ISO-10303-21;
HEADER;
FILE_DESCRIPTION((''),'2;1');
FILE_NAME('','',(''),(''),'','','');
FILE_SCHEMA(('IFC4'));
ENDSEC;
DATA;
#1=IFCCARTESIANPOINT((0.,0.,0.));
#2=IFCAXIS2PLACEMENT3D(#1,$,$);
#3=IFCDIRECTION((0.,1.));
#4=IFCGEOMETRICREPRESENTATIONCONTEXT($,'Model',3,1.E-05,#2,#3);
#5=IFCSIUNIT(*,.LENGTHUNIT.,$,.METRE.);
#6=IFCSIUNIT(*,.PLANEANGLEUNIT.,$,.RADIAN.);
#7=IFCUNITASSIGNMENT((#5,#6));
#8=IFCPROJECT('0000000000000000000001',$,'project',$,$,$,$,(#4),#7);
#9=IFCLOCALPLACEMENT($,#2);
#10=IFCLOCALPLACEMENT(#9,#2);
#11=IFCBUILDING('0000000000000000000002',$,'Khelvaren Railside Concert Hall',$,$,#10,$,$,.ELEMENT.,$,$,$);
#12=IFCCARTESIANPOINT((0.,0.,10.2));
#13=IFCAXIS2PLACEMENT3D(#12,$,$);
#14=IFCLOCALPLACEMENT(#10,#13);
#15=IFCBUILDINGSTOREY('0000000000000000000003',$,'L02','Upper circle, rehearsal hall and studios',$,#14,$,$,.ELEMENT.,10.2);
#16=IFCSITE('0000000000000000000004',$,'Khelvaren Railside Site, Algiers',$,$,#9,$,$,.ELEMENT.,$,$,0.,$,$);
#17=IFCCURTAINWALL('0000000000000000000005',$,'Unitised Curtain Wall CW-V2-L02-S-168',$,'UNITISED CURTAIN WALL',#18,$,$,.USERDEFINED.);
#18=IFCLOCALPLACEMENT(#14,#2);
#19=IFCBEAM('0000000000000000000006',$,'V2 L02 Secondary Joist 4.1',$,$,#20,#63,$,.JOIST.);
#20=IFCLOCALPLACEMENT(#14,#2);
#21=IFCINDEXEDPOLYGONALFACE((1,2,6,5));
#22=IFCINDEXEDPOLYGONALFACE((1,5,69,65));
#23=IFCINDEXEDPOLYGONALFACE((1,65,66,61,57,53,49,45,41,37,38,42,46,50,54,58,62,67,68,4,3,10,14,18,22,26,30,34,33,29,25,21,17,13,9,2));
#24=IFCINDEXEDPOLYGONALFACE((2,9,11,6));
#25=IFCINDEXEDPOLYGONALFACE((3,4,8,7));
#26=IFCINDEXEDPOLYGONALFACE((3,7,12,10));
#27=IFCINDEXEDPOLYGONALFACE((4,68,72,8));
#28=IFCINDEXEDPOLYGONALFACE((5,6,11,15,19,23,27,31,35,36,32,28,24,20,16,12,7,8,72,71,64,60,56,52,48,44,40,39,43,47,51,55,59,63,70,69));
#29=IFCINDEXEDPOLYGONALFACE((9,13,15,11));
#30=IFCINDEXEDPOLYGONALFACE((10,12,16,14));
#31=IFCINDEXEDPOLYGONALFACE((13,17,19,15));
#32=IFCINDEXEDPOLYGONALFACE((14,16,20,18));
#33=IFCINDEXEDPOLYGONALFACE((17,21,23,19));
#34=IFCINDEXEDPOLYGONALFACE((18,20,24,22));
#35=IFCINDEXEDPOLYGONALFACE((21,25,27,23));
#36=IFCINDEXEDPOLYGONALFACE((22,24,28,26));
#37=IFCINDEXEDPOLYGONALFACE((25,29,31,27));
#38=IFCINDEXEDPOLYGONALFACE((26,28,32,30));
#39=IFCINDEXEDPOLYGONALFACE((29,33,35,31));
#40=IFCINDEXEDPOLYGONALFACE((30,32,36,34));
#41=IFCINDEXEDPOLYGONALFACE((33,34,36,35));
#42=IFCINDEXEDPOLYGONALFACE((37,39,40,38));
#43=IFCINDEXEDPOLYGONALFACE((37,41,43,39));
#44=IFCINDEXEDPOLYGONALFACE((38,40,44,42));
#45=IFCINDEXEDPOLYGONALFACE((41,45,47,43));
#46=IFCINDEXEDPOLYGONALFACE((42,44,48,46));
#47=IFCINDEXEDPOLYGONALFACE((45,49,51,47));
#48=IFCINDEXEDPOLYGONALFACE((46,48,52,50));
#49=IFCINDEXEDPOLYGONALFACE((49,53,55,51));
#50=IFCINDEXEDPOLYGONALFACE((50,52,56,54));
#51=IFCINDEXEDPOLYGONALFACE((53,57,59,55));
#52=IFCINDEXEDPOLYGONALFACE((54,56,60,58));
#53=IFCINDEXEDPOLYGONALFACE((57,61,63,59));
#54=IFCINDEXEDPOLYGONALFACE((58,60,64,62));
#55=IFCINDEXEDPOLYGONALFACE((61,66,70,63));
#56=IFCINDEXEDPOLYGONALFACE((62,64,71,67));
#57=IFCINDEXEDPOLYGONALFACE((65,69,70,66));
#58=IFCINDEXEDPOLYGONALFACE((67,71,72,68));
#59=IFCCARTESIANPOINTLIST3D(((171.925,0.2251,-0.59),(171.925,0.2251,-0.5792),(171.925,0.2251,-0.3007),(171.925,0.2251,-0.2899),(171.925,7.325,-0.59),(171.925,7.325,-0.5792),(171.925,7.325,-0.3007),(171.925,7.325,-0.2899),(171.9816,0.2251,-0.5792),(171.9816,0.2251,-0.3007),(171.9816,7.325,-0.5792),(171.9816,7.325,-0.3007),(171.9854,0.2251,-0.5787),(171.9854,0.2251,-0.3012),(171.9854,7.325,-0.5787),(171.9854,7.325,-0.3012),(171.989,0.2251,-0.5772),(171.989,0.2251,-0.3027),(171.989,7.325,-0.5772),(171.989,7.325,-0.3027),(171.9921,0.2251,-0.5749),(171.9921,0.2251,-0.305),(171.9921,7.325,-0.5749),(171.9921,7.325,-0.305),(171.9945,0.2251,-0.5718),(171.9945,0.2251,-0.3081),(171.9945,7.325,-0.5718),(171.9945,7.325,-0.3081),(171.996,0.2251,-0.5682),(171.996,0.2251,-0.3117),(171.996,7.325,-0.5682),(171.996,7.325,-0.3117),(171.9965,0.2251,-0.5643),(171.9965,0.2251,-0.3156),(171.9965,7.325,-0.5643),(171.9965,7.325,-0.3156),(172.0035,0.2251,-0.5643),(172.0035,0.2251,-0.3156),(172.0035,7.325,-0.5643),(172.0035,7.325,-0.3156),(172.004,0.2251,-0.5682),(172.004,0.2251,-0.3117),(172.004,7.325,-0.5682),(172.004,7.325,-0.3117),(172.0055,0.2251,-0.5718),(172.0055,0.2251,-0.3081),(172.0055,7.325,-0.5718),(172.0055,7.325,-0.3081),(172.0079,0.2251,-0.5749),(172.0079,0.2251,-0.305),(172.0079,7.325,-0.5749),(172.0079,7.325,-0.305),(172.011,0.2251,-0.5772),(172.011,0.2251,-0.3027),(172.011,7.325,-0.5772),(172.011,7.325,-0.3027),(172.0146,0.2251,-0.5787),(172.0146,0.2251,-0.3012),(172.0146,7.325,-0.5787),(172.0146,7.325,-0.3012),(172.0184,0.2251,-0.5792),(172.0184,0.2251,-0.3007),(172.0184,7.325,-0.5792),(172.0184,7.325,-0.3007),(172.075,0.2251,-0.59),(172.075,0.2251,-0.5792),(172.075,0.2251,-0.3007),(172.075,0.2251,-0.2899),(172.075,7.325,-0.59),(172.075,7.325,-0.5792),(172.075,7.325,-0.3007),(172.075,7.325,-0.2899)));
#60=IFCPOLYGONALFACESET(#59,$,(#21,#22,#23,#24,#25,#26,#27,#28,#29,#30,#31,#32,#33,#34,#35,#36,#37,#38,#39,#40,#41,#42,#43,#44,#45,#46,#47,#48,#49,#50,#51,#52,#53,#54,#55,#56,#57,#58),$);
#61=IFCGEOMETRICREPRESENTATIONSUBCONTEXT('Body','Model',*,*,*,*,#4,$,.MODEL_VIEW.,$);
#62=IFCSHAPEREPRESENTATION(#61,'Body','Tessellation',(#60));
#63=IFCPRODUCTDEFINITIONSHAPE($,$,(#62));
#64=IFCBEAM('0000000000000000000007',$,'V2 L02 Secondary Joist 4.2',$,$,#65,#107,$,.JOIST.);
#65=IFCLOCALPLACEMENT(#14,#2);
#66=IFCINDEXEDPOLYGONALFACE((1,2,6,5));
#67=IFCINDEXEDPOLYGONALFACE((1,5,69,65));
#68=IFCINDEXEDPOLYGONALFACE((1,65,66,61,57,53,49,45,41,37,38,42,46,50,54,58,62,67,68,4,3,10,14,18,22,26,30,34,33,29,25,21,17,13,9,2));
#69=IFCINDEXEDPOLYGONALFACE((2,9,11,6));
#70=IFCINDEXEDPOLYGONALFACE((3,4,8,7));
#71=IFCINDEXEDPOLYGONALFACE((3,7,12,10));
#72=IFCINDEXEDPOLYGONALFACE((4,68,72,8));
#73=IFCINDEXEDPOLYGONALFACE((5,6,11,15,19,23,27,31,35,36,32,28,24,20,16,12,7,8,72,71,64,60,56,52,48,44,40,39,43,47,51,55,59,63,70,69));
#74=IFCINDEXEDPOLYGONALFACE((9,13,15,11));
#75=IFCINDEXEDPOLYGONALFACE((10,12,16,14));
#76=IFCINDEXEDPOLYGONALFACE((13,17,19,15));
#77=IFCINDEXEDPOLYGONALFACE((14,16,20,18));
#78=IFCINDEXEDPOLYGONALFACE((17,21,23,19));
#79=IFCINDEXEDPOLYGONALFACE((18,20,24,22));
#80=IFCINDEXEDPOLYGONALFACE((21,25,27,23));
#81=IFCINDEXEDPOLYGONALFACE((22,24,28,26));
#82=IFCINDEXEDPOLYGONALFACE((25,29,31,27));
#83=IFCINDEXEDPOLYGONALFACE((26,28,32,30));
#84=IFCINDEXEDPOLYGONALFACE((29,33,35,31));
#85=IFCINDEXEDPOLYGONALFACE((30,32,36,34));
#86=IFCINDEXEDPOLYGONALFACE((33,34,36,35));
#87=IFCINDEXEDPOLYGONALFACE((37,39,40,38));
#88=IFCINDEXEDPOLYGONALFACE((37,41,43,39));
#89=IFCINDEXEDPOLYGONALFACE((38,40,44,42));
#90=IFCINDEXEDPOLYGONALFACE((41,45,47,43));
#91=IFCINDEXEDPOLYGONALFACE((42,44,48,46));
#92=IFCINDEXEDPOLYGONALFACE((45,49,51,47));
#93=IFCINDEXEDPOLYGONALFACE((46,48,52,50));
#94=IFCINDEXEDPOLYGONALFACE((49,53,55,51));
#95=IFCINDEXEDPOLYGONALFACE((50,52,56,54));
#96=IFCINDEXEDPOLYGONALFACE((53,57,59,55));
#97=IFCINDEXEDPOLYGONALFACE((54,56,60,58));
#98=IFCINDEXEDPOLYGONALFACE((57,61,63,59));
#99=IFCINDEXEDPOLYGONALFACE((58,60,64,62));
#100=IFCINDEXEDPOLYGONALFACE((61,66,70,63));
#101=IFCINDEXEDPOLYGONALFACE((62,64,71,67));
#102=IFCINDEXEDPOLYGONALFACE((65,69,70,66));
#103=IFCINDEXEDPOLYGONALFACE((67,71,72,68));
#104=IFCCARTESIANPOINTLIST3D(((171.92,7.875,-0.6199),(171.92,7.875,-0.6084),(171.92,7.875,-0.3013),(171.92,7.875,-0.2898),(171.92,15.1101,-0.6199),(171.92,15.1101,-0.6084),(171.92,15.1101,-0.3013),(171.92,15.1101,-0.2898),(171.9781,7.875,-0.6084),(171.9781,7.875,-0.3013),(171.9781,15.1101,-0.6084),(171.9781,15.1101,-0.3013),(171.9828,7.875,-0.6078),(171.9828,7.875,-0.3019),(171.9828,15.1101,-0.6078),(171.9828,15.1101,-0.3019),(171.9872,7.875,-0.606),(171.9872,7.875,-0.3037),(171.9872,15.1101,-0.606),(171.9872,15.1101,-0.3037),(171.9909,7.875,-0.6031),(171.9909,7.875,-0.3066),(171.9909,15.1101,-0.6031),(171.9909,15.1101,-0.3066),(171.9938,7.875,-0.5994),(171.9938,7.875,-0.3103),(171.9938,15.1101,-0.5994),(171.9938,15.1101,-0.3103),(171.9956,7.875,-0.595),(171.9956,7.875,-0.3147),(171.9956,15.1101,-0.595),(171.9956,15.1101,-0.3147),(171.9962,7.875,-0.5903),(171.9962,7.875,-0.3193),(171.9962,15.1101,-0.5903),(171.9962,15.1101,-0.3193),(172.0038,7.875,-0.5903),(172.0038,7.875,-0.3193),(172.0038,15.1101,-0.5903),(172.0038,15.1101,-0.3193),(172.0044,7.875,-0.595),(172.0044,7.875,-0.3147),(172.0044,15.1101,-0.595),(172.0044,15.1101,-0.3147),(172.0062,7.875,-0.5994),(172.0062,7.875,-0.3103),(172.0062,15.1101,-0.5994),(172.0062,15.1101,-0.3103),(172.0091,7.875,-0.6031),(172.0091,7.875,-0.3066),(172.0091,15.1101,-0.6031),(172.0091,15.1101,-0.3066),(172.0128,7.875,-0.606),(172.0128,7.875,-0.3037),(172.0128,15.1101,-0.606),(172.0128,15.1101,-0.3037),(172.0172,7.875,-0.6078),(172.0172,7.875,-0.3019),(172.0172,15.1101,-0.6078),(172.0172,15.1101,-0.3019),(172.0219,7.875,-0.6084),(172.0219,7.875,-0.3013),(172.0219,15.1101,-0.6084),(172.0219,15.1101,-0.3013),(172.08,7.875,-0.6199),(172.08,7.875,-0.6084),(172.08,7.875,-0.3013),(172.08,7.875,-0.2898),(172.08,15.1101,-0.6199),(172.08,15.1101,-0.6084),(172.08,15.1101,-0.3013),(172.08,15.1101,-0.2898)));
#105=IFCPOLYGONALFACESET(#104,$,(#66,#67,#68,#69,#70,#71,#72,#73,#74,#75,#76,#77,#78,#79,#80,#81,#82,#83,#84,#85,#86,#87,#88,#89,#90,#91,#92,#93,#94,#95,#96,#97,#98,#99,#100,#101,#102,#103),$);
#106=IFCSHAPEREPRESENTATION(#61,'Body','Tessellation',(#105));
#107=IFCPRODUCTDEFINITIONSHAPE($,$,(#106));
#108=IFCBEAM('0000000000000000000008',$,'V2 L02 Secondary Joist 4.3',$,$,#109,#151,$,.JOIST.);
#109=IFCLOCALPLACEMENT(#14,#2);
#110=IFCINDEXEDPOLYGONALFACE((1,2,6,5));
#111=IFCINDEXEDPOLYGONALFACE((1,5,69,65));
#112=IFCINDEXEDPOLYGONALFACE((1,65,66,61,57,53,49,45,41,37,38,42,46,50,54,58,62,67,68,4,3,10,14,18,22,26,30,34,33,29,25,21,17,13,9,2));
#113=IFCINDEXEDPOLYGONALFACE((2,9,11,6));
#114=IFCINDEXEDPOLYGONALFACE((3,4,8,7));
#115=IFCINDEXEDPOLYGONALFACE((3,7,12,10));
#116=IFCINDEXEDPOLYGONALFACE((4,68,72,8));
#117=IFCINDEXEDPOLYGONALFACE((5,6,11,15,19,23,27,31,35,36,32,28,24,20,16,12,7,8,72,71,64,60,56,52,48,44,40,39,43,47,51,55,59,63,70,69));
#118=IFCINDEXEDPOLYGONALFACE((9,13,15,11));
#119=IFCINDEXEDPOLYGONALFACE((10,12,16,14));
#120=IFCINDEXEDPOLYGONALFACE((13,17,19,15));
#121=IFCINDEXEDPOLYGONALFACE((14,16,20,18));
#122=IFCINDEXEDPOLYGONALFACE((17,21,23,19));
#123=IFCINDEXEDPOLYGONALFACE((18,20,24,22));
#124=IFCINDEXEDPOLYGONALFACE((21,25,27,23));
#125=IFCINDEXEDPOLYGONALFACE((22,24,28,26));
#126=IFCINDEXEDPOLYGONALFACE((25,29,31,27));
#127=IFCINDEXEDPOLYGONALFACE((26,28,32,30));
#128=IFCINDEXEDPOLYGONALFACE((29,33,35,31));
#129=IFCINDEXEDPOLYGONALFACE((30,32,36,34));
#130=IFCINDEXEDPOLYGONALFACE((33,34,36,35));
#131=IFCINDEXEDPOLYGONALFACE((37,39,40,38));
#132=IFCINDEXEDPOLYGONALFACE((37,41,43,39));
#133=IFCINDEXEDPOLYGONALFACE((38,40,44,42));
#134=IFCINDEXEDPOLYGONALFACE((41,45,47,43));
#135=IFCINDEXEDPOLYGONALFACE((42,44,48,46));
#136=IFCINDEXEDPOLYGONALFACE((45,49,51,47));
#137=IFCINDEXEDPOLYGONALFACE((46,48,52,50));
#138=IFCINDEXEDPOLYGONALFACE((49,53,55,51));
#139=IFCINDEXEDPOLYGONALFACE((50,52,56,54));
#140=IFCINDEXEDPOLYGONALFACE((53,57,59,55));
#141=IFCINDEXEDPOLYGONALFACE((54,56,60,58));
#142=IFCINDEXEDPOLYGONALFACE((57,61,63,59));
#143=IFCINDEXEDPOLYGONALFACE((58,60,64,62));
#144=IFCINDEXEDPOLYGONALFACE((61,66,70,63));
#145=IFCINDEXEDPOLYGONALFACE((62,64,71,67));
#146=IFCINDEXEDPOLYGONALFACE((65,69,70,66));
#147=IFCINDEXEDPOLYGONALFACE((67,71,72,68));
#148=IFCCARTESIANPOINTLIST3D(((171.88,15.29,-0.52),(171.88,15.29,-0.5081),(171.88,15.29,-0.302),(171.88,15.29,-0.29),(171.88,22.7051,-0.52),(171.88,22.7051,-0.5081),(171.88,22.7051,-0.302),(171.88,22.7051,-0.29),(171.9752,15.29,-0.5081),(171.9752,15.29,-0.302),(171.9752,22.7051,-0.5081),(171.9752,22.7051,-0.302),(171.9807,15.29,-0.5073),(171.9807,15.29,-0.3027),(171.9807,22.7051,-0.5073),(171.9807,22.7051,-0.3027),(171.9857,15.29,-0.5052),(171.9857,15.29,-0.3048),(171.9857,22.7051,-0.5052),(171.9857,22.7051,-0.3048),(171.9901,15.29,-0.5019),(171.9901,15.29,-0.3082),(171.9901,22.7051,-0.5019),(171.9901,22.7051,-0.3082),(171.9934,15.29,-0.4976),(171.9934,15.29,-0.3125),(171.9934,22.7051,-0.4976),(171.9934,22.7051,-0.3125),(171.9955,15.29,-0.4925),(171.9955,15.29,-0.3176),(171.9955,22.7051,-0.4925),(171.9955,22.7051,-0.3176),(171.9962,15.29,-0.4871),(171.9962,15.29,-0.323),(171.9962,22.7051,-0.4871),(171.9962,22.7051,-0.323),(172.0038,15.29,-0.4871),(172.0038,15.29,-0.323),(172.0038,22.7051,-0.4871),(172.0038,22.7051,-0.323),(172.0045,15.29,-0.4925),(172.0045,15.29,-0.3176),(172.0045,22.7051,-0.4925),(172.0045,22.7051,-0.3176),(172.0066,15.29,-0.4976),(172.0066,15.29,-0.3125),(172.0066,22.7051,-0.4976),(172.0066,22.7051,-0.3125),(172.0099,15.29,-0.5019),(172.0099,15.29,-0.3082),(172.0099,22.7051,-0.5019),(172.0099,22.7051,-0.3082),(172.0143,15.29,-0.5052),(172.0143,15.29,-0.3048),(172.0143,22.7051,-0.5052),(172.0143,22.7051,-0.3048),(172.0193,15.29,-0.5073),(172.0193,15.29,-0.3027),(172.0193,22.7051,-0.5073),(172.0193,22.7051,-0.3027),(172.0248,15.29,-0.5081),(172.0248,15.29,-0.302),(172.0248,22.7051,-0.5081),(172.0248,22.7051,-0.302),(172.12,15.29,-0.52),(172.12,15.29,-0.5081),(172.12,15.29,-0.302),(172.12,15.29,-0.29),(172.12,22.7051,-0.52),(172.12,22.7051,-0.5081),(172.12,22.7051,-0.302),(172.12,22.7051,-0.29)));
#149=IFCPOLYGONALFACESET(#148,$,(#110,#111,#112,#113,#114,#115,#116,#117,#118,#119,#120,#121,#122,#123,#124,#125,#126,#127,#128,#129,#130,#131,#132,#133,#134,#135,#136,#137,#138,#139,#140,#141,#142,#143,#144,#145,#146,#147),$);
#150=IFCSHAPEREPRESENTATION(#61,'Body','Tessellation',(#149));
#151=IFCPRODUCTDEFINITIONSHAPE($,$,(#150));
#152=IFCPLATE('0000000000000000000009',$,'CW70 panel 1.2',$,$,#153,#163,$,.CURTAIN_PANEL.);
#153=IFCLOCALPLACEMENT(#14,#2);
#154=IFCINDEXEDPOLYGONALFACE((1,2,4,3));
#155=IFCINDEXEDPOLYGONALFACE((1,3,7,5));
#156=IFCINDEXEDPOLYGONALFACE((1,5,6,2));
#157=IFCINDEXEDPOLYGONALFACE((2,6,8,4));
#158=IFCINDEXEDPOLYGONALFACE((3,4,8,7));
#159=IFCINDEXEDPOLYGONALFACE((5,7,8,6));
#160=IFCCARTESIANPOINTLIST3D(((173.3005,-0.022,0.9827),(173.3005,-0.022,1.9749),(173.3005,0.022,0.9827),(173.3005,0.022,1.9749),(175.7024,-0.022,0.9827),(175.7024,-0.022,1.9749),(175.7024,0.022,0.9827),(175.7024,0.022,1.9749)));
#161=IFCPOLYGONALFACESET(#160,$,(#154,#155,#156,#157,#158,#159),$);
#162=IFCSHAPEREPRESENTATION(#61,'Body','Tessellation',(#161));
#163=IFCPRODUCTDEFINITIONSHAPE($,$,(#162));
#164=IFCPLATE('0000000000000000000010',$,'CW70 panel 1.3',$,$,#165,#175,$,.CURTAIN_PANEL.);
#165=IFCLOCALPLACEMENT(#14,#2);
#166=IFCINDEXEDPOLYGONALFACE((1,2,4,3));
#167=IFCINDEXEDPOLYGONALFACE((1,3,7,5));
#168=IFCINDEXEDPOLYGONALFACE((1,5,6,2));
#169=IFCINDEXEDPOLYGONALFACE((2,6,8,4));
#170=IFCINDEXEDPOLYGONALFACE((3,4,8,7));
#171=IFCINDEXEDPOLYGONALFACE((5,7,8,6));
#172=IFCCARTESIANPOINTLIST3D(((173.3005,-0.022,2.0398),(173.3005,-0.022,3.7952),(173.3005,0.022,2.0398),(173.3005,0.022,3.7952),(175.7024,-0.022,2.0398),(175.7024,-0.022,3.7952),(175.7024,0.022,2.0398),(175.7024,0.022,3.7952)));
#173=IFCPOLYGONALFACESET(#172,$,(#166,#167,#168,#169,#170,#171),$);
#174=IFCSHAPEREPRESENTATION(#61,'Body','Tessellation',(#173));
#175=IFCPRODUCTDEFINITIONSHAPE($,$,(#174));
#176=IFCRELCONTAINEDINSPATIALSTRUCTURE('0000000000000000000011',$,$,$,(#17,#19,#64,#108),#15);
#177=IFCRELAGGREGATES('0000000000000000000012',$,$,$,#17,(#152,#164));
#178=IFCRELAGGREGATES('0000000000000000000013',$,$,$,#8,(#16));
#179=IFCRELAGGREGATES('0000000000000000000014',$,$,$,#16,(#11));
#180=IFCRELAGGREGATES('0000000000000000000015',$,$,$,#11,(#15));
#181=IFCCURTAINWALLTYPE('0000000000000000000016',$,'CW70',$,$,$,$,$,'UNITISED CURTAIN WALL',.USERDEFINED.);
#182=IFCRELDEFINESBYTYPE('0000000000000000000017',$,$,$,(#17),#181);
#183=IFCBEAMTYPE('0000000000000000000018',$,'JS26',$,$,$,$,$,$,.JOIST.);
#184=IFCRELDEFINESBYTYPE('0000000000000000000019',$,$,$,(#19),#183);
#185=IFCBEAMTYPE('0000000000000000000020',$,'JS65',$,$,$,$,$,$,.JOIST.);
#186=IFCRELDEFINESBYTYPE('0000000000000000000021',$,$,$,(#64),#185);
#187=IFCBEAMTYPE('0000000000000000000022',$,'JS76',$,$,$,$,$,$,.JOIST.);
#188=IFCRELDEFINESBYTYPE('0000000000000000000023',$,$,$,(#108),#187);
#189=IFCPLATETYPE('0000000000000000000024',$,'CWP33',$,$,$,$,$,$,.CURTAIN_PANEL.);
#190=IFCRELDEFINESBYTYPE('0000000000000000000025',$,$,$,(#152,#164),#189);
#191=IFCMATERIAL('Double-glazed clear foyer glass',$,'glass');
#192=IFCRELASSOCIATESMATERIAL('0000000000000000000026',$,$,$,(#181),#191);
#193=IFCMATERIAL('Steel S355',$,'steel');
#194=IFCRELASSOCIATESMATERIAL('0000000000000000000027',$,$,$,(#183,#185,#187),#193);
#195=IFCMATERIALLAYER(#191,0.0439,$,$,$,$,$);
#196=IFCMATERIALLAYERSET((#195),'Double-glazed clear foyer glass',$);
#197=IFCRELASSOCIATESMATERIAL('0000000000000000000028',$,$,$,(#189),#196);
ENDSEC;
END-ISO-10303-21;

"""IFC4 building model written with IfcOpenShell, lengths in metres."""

from ifc_helpers import new_model, si_unit, direction, frame, origin, origin_2d, place, context, subcontext, project, spatial, rectangle, i_section, extrude, material, layer, layer_set, material_profile, profile_set, type_object, element, aggregate, save


model = new_model("IFC4")

# Units and contexts
model_context = context("Model", 3, precision=1e-05, world=origin(), true_north=direction((0.0, 1.0)))
body_context = subcontext(model_context, "Body", "Model", "MODEL_VIEW")
ifc_project = project(units=[si_unit("LENGTHUNIT", "METRE"), si_unit("PLANEANGLEUNIT", "RADIAN")], contexts=[model_context])

# Site, building, storey
site_placement = place(None, origin())
site = spatial("IfcSite", under=ifc_project, at=site_placement, Name="Khelvaren Railside Site, Algiers", CompositionType="ELEMENT", RefElevation=0.0)
building_placement = place(site_placement, origin())
building = spatial("IfcBuilding", under=site, at=building_placement, Name="Khelvaren Railside Concert Hall", CompositionType="ELEMENT")
storey_placement = place(building_placement, frame((0.0, 0.0, 10.2)))
storey = spatial("IfcBuildingStorey", under=building, at=storey_placement, Name="L02", Description="Upper circle, rehearsal hall and studios", CompositionType="ELEMENT", Elevation=10.2)

# Shared definitions
ifc_material_1 = material(Name="Steel S355", Category="steel")

# Curtain wall
ifc_material_2 = material(Name="Double-glazed clear foyer glass", Category="glass")
curtain_wall_type = type_object("IfcCurtainWallType", Name="CW70", ElementType="UNITISED CURTAIN WALL", PredefinedType="USERDEFINED", material=ifc_material_2)
curtain_wall_placement = place(storey_placement, origin())
curtain_wall = element("IfcCurtainWall", 1, at=curtain_wall_placement, inside=storey, type_object=curtain_wall_type, Name="Unitised Curtain Wall CW-V2-L02-S-168", ObjectType="UNITISED CURTAIN WALL", PredefinedType="USERDEFINED")

# Beams
ifc_material_profile_1 = material_profile(ifc_material_1, i_section(OverallWidth=0.1499, OverallDepth=0.3, WebThickness=0.0071, FlangeThickness=0.0107, FilletRadius=0.0149, at=origin_2d()), Name="IPE 300")
ifc_profile_set_1 = profile_set([ifc_material_profile_1], Name="Steel S355")
beam_type_1 = type_object("IfcBeamType", Name="JS26", PredefinedType="JOIST", material=ifc_profile_set_1)
beam_1_placement = place(storey_placement, frame((172.0, 0.2251, -0.4399), z_axis=(0.0, 1.0, 0.0), x_axis=(-1.0, 0.0, 0.0)))
element("IfcBeam", 2, at=beam_1_placement, inside=storey, type_object=beam_type_1, Name="V2 L02 Secondary Joist 4.1", PredefinedType="JOIST", context=body_context, shape_type="SweptSolid", body=[
    extrude(i_section(OverallWidth=0.1499, OverallDepth=0.3, WebThickness=0.0071, FlangeThickness=0.0107, FilletRadius=0.0149, at=origin_2d()), origin(), (0.0, 0.0, 1.0), 7.0999),
])
ifc_material_profile_2 = material_profile(ifc_material_1, i_section(OverallWidth=0.1599, OverallDepth=0.3301, WebThickness=0.0076, FlangeThickness=0.0115, FilletRadius=0.0181, at=origin_2d()), Name="IPE 330")
ifc_profile_set_2 = profile_set([ifc_material_profile_2], Name="Steel S355")
beam_type_2 = type_object("IfcBeamType", Name="JS65", PredefinedType="JOIST", material=ifc_profile_set_2)
beam_2_placement = place(storey_placement, frame((172.0, 7.875, -0.4548), z_axis=(0.0, 1.0, 0.0), x_axis=(-1.0, 0.0, 0.0)))
element("IfcBeam", 3, at=beam_2_placement, inside=storey, type_object=beam_type_2, Name="V2 L02 Secondary Joist 4.2", PredefinedType="JOIST", context=body_context, shape_type="SweptSolid", body=[
    extrude(i_section(OverallWidth=0.1599, OverallDepth=0.3301, WebThickness=0.0076, FlangeThickness=0.0115, FilletRadius=0.0181, at=origin_2d()), origin(), (0.0, 0.0, 1.0), 7.2351),
])
ifc_material_profile_3 = material_profile(ifc_material_1, i_section(OverallWidth=0.24, OverallDepth=0.23, WebThickness=0.0076, FlangeThickness=0.012, FilletRadius=0.021, at=origin_2d()), Name="HEA 240")
ifc_profile_set_3 = profile_set([ifc_material_profile_3], Name="Steel S355")
beam_type_3 = type_object("IfcBeamType", Name="JS76", PredefinedType="JOIST", material=ifc_profile_set_3)
beam_3_placement = place(storey_placement, frame((172.0, 15.29, -0.405), z_axis=(0.0, 1.0, 0.0), x_axis=(-1.0, 0.0, 0.0)))
element("IfcBeam", 4, at=beam_3_placement, inside=storey, type_object=beam_type_3, Name="V2 L02 Secondary Joist 4.3", PredefinedType="JOIST", context=body_context, shape_type="SweptSolid", body=[
    extrude(i_section(OverallWidth=0.24, OverallDepth=0.23, WebThickness=0.0076, FlangeThickness=0.012, FilletRadius=0.021, at=origin_2d()), origin(), (0.0, 0.0, 1.0), 7.415),
])

# Plates
ifc_layer_1 = layer(ifc_material_2, 0.0439)
ifc_layer_set_1 = layer_set([ifc_layer_1], Name="Double-glazed clear foyer glass")
plate_type = type_object("IfcPlateType", Name="CWP33", PredefinedType="CURTAIN_PANEL", material=ifc_layer_set_1)
plate_1_placement = place(storey_placement, frame((174.5015, 0.0, 0.9827), z_axis=(0.0, 0.0, 1.0), x_axis=(-1.0, 0.0, 0.0)))
plate_1 = element("IfcPlate", 5, at=plate_1_placement, type_object=plate_type, Name="CW70 panel 1.2", PredefinedType="CURTAIN_PANEL", context=body_context, shape_type="SweptSolid", body=[
    extrude(rectangle(XDim=2.4019, YDim=0.0439, at=origin_2d()), origin(), (0.0, 0.0, 1.0), 0.9922),
])
plate_2_placement = place(storey_placement, frame((174.5015, 0.0, 2.0398), z_axis=(0.0, 0.0, 1.0), x_axis=(-1.0, 0.0, 0.0)))
plate_2 = element("IfcPlate", 6, at=plate_2_placement, type_object=plate_type, Name="CW70 panel 1.3", PredefinedType="CURTAIN_PANEL", context=body_context, shape_type="SweptSolid", body=[
    extrude(rectangle(XDim=2.4019, YDim=0.0439, at=origin_2d()), origin(), (0.0, 0.0, 1.0), 1.7554),
])
aggregate(curtain_wall, [plate_1, plate_2])

save(model, "model.ifc")
